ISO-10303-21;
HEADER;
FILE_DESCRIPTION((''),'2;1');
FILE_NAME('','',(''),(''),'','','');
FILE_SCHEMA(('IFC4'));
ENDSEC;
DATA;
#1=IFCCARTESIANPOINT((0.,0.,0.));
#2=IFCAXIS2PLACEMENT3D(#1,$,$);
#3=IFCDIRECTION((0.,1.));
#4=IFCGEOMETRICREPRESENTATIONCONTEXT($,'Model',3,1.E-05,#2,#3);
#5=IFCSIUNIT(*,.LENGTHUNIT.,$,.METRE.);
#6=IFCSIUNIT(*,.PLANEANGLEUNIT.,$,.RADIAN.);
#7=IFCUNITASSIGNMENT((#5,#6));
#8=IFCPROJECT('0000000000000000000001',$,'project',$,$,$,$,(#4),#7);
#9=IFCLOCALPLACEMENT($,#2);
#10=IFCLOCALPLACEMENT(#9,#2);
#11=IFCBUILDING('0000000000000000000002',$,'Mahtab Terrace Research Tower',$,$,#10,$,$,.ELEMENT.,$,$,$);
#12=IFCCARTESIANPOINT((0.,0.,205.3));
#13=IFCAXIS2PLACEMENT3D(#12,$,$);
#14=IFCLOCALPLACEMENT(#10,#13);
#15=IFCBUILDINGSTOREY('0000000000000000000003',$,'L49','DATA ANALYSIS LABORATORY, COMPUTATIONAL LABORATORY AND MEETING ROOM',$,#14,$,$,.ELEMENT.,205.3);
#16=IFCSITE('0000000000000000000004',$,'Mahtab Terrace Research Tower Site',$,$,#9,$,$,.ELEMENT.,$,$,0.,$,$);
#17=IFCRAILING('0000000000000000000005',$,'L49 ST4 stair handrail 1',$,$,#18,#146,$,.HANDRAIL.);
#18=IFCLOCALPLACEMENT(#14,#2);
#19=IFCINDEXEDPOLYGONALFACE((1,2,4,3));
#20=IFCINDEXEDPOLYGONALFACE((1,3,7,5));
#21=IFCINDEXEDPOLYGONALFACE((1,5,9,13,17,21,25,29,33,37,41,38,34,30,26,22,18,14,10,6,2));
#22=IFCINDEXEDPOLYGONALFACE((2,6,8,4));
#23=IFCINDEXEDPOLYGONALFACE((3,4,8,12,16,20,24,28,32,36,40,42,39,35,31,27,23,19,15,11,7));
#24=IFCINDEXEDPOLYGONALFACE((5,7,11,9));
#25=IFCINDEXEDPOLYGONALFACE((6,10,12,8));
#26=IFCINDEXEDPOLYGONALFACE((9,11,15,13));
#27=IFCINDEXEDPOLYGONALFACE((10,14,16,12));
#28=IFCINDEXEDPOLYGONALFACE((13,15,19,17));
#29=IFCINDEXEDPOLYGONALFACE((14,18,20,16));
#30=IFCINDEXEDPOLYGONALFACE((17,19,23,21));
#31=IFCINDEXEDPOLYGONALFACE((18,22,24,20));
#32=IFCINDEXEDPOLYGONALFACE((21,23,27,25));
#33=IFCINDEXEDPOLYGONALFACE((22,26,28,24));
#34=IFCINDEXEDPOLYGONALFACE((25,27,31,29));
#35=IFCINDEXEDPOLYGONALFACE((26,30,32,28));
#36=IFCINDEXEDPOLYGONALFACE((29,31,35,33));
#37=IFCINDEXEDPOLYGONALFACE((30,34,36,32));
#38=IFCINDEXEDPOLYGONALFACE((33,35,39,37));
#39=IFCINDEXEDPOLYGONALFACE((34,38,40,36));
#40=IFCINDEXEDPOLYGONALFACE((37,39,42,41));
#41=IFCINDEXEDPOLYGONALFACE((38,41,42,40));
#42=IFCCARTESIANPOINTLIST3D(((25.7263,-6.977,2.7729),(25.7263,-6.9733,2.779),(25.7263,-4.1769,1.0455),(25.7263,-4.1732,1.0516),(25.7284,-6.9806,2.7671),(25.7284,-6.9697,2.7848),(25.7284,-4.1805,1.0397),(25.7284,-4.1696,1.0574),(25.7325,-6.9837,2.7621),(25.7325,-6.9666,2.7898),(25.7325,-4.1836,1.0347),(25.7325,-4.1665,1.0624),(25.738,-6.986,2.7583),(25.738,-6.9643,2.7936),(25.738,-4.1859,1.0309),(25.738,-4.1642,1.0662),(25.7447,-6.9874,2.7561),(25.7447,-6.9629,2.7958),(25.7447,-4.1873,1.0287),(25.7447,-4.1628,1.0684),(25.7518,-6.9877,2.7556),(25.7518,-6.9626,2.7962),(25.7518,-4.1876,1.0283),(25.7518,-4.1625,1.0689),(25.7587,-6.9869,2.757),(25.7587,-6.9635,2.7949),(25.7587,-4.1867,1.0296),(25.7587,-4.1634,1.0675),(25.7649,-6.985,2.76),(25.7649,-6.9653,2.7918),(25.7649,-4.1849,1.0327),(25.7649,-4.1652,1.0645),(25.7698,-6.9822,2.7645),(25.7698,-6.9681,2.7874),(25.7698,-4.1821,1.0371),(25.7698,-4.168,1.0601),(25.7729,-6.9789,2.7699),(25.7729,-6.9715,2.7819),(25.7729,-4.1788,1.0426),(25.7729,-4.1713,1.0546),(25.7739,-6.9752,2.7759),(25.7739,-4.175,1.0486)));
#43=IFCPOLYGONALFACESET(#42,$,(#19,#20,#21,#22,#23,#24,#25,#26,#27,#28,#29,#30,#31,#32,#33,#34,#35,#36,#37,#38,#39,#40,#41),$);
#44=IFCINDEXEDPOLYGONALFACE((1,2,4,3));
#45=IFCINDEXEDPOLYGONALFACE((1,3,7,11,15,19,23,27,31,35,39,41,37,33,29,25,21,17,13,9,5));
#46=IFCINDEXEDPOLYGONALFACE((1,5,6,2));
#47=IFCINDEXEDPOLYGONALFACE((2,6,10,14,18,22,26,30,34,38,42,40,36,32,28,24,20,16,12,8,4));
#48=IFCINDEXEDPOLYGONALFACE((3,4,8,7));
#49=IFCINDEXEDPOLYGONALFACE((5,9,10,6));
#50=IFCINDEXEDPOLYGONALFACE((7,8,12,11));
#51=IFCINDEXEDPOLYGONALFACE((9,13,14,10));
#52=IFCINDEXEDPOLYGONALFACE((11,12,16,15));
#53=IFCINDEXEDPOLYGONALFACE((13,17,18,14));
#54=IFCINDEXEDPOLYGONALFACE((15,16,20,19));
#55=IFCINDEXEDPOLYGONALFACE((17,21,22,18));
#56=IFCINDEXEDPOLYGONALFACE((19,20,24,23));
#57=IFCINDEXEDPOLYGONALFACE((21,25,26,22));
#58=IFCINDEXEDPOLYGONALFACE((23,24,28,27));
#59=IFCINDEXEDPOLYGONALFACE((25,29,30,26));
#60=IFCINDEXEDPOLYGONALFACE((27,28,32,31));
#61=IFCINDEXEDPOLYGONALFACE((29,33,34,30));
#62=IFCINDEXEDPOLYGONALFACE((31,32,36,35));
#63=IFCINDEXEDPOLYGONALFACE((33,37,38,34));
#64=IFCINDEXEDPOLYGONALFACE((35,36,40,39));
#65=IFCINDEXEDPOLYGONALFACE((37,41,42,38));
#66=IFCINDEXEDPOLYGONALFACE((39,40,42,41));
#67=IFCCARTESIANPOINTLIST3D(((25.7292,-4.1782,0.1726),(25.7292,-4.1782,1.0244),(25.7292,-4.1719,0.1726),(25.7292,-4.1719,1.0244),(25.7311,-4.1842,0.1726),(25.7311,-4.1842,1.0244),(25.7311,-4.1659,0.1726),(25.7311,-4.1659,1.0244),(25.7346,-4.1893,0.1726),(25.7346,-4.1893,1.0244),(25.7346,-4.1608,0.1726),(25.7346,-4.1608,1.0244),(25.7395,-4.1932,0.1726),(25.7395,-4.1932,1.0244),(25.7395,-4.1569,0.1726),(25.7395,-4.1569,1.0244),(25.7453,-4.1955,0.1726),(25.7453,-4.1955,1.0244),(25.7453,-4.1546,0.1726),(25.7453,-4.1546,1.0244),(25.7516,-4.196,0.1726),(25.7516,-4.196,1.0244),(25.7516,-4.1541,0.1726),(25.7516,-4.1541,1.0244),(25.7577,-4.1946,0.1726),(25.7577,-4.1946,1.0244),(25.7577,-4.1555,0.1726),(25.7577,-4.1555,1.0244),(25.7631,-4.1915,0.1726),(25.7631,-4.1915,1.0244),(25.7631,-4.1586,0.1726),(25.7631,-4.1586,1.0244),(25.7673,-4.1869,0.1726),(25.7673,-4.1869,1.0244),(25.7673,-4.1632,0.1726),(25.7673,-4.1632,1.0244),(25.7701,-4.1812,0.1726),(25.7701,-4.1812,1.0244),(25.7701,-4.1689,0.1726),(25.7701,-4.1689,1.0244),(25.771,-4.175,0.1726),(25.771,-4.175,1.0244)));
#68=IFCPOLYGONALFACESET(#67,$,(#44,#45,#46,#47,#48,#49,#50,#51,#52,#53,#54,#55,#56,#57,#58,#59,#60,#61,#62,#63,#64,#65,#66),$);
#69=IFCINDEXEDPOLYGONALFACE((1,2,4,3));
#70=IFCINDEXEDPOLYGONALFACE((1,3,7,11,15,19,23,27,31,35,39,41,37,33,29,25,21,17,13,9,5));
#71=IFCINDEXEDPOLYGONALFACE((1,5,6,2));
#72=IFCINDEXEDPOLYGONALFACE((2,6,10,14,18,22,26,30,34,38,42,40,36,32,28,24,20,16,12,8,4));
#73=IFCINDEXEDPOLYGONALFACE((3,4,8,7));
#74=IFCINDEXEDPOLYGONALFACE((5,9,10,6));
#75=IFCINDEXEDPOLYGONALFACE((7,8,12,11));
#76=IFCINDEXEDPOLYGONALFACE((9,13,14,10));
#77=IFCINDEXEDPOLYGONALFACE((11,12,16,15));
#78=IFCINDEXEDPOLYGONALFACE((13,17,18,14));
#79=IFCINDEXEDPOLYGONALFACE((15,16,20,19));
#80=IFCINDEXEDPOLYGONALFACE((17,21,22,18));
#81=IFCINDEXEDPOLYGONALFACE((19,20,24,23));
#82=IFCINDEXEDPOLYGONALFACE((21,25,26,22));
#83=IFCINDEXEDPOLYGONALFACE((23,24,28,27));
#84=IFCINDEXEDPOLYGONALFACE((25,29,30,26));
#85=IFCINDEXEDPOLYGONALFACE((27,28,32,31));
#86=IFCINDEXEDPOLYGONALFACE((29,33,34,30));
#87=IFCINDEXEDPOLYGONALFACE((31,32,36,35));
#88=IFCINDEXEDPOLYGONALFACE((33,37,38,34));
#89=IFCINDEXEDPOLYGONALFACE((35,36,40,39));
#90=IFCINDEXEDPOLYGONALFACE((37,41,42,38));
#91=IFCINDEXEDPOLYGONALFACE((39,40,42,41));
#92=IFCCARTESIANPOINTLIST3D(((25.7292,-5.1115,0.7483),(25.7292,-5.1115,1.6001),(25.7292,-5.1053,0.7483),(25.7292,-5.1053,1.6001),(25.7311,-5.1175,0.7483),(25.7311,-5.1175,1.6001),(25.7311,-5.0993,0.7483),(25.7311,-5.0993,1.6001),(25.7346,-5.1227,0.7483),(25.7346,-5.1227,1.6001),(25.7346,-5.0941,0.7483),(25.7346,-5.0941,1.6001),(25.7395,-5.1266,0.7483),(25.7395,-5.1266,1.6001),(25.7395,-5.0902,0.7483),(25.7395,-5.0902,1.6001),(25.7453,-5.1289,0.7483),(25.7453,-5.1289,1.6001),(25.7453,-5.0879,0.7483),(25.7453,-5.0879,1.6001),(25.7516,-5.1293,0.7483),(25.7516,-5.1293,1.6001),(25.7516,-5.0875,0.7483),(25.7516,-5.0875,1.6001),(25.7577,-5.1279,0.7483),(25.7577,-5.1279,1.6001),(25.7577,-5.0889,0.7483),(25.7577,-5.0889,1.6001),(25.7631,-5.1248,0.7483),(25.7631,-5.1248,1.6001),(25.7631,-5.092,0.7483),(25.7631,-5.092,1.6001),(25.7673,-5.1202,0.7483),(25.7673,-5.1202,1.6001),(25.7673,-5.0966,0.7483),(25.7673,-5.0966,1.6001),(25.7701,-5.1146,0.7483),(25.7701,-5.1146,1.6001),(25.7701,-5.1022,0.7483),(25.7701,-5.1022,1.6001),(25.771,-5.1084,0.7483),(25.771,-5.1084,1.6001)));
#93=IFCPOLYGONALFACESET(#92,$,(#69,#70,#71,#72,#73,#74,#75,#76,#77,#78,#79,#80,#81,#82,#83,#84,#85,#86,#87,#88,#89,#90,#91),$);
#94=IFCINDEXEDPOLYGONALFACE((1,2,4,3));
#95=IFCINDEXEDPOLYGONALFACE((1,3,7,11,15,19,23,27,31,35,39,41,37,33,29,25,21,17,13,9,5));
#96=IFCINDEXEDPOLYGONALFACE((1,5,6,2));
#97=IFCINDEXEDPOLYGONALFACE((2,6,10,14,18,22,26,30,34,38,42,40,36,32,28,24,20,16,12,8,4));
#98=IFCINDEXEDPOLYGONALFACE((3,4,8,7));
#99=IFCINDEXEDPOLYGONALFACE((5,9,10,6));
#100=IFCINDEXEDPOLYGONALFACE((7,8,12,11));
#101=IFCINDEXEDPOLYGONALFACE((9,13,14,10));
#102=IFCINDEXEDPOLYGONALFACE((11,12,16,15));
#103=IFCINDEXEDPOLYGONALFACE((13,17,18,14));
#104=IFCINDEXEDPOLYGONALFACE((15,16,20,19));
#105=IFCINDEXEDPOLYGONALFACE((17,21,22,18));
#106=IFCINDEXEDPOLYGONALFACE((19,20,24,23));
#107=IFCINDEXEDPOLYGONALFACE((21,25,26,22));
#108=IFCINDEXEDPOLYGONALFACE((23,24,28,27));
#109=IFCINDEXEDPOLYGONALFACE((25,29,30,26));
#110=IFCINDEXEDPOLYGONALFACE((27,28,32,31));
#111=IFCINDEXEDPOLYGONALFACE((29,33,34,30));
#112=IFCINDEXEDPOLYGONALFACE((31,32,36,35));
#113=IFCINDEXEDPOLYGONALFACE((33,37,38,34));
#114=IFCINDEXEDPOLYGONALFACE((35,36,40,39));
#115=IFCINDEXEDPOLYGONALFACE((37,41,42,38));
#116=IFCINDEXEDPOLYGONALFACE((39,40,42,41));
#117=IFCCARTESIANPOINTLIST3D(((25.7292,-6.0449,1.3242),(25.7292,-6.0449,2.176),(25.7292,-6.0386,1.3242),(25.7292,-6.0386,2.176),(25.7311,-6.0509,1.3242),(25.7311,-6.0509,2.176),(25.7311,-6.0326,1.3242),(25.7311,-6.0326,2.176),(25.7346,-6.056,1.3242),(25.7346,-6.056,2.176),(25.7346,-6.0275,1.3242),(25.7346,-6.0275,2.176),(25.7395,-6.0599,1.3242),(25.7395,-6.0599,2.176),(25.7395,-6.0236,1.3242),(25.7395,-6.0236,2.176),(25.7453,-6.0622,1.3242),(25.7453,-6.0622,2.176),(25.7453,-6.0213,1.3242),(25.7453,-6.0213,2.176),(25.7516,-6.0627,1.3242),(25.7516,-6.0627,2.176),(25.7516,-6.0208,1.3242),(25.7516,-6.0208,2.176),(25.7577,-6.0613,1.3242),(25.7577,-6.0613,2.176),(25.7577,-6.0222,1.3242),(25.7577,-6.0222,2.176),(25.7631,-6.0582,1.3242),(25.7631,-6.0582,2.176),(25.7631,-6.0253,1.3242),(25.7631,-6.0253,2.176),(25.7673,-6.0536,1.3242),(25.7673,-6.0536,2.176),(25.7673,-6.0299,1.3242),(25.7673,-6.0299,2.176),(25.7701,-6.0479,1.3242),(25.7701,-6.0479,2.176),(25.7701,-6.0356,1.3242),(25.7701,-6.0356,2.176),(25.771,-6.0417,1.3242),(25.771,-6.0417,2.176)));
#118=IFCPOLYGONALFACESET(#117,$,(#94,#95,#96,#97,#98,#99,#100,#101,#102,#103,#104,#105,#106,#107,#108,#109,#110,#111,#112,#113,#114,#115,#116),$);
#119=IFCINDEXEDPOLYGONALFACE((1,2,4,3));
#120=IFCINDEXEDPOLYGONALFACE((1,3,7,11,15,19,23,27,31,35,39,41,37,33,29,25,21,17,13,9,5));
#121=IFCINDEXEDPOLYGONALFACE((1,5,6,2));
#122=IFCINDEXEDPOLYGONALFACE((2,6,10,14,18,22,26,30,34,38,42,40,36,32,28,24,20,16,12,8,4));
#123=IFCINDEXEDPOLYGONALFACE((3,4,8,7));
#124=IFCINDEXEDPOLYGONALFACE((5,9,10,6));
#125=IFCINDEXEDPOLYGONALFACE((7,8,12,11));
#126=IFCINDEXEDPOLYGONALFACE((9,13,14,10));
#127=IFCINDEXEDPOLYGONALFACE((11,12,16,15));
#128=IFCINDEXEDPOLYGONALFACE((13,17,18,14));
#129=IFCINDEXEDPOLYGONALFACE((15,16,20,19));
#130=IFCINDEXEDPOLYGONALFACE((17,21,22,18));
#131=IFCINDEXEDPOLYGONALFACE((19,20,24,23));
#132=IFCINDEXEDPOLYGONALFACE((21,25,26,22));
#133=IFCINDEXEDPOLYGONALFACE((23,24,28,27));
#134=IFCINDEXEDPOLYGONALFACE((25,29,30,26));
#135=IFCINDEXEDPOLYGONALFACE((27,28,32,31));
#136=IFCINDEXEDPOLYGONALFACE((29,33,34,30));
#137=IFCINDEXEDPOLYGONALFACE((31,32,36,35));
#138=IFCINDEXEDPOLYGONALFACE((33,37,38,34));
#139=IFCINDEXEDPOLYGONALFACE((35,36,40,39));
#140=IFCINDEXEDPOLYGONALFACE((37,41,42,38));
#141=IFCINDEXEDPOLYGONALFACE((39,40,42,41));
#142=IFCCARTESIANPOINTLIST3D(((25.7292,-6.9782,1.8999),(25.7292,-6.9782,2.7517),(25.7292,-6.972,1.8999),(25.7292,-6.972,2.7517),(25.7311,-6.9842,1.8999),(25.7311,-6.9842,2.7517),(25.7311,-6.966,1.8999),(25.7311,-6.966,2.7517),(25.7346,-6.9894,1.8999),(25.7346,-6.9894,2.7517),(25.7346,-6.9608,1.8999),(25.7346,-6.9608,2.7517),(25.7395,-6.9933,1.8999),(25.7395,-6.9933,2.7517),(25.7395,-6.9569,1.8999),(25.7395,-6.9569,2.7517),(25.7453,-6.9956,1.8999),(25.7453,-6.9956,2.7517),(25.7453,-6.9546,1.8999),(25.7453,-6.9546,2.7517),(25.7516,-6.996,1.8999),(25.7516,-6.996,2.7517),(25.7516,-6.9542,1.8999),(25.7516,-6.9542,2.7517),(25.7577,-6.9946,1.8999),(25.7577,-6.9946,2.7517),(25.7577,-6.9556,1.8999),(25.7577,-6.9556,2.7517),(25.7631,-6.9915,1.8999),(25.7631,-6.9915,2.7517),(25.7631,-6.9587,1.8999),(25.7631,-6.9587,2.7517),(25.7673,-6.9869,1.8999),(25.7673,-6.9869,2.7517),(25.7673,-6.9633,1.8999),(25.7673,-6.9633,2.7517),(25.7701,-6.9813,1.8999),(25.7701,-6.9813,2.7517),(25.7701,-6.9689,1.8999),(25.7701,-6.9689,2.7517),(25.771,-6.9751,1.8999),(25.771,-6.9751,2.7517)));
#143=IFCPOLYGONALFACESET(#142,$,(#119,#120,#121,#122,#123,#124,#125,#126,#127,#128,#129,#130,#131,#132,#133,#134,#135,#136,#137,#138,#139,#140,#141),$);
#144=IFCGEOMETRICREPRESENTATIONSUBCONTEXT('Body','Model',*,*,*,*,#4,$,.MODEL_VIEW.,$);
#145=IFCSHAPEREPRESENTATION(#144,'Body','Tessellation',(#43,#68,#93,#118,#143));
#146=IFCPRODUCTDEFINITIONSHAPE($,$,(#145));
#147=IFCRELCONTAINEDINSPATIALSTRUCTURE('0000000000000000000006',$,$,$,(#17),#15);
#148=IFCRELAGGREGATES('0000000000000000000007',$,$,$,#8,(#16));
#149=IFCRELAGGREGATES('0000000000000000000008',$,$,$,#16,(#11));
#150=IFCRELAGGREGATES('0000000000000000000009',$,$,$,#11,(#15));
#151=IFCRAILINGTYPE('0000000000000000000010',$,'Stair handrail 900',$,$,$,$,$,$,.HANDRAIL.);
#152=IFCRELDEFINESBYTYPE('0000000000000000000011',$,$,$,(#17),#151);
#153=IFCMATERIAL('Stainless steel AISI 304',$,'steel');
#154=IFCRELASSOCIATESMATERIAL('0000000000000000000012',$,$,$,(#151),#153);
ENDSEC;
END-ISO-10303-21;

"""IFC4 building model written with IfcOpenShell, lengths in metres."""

from ifc_helpers import new_model, si_unit, direction, frame, origin, origin_2d, place, context, subcontext, project, spatial, circle, extrude, material, type_object, element, save


model = new_model("IFC4")

# Units and contexts
model_context = context("Model", 3, precision=1e-05, world=origin(), true_north=direction((0.0, 1.0)))
body_context = subcontext(model_context, "Body", "Model", "MODEL_VIEW")
ifc_project = project(units=[si_unit("LENGTHUNIT", "METRE"), si_unit("PLANEANGLEUNIT", "RADIAN")], contexts=[model_context])

# Site, building, storey
site_placement = place(None, origin())
site = spatial("IfcSite", under=ifc_project, at=site_placement, Name="Mahtab Terrace Research Tower Site", CompositionType="ELEMENT", RefElevation=0.0)
building_placement = place(site_placement, origin())
building = spatial("IfcBuilding", under=site, at=building_placement, Name="Mahtab Terrace Research Tower", CompositionType="ELEMENT")
storey_placement = place(building_placement, frame((0.0, 0.0, 205.3)))
storey = spatial("IfcBuildingStorey", under=building, at=storey_placement, Name="L49", Description="DATA ANALYSIS LABORATORY, COMPUTATIONAL LABORATORY AND MEETING ROOM", CompositionType="ELEMENT", Elevation=205.3)

# Shared definitions
ifc_material_1 = material(Name="Stainless steel AISI 304", Category="steel")

# Railing
railing_type_1 = type_object("IfcRailingType", Name="Stair handrail 900", PredefinedType="HANDRAIL", material=ifc_material_1)
railing_1_placement = place(storey_placement, frame((25.75, -4.175, 0.1726)))
element("IfcRailing", 1, at=railing_1_placement, inside=storey, type_object=railing_type_1, Name="L49 ST4 stair handrail 1", PredefinedType="HANDRAIL", context=body_context, shape_type="SweptSolid", body=[
    extrude(circle(Radius=0.0239, at=origin_2d()), frame((0.0, 0.0, 0.876), z_axis=(0.0, -0.85109, 0.52502), x_axis=(1.0, 0.0, 0.0)), (0.0, 0.0, 1.0), 3.29),
    extrude(circle(Radius=0.021, at=origin_2d()), origin(), (0.0, 0.0, 1.0), 0.8518),
    extrude(circle(Radius=0.021, at=origin_2d()), frame((0.0, -0.9333, 0.5757)), (0.0, 0.0, 1.0), 0.8518),
    extrude(circle(Radius=0.021, at=origin_2d()), frame((0.0, -1.8667, 1.1516)), (0.0, 0.0, 1.0), 0.8518),
    extrude(circle(Radius=0.021, at=origin_2d()), frame((0.0, -2.8, 1.7273)), (0.0, 0.0, 1.0), 0.8518),
])

save(model, "model.ifc")
